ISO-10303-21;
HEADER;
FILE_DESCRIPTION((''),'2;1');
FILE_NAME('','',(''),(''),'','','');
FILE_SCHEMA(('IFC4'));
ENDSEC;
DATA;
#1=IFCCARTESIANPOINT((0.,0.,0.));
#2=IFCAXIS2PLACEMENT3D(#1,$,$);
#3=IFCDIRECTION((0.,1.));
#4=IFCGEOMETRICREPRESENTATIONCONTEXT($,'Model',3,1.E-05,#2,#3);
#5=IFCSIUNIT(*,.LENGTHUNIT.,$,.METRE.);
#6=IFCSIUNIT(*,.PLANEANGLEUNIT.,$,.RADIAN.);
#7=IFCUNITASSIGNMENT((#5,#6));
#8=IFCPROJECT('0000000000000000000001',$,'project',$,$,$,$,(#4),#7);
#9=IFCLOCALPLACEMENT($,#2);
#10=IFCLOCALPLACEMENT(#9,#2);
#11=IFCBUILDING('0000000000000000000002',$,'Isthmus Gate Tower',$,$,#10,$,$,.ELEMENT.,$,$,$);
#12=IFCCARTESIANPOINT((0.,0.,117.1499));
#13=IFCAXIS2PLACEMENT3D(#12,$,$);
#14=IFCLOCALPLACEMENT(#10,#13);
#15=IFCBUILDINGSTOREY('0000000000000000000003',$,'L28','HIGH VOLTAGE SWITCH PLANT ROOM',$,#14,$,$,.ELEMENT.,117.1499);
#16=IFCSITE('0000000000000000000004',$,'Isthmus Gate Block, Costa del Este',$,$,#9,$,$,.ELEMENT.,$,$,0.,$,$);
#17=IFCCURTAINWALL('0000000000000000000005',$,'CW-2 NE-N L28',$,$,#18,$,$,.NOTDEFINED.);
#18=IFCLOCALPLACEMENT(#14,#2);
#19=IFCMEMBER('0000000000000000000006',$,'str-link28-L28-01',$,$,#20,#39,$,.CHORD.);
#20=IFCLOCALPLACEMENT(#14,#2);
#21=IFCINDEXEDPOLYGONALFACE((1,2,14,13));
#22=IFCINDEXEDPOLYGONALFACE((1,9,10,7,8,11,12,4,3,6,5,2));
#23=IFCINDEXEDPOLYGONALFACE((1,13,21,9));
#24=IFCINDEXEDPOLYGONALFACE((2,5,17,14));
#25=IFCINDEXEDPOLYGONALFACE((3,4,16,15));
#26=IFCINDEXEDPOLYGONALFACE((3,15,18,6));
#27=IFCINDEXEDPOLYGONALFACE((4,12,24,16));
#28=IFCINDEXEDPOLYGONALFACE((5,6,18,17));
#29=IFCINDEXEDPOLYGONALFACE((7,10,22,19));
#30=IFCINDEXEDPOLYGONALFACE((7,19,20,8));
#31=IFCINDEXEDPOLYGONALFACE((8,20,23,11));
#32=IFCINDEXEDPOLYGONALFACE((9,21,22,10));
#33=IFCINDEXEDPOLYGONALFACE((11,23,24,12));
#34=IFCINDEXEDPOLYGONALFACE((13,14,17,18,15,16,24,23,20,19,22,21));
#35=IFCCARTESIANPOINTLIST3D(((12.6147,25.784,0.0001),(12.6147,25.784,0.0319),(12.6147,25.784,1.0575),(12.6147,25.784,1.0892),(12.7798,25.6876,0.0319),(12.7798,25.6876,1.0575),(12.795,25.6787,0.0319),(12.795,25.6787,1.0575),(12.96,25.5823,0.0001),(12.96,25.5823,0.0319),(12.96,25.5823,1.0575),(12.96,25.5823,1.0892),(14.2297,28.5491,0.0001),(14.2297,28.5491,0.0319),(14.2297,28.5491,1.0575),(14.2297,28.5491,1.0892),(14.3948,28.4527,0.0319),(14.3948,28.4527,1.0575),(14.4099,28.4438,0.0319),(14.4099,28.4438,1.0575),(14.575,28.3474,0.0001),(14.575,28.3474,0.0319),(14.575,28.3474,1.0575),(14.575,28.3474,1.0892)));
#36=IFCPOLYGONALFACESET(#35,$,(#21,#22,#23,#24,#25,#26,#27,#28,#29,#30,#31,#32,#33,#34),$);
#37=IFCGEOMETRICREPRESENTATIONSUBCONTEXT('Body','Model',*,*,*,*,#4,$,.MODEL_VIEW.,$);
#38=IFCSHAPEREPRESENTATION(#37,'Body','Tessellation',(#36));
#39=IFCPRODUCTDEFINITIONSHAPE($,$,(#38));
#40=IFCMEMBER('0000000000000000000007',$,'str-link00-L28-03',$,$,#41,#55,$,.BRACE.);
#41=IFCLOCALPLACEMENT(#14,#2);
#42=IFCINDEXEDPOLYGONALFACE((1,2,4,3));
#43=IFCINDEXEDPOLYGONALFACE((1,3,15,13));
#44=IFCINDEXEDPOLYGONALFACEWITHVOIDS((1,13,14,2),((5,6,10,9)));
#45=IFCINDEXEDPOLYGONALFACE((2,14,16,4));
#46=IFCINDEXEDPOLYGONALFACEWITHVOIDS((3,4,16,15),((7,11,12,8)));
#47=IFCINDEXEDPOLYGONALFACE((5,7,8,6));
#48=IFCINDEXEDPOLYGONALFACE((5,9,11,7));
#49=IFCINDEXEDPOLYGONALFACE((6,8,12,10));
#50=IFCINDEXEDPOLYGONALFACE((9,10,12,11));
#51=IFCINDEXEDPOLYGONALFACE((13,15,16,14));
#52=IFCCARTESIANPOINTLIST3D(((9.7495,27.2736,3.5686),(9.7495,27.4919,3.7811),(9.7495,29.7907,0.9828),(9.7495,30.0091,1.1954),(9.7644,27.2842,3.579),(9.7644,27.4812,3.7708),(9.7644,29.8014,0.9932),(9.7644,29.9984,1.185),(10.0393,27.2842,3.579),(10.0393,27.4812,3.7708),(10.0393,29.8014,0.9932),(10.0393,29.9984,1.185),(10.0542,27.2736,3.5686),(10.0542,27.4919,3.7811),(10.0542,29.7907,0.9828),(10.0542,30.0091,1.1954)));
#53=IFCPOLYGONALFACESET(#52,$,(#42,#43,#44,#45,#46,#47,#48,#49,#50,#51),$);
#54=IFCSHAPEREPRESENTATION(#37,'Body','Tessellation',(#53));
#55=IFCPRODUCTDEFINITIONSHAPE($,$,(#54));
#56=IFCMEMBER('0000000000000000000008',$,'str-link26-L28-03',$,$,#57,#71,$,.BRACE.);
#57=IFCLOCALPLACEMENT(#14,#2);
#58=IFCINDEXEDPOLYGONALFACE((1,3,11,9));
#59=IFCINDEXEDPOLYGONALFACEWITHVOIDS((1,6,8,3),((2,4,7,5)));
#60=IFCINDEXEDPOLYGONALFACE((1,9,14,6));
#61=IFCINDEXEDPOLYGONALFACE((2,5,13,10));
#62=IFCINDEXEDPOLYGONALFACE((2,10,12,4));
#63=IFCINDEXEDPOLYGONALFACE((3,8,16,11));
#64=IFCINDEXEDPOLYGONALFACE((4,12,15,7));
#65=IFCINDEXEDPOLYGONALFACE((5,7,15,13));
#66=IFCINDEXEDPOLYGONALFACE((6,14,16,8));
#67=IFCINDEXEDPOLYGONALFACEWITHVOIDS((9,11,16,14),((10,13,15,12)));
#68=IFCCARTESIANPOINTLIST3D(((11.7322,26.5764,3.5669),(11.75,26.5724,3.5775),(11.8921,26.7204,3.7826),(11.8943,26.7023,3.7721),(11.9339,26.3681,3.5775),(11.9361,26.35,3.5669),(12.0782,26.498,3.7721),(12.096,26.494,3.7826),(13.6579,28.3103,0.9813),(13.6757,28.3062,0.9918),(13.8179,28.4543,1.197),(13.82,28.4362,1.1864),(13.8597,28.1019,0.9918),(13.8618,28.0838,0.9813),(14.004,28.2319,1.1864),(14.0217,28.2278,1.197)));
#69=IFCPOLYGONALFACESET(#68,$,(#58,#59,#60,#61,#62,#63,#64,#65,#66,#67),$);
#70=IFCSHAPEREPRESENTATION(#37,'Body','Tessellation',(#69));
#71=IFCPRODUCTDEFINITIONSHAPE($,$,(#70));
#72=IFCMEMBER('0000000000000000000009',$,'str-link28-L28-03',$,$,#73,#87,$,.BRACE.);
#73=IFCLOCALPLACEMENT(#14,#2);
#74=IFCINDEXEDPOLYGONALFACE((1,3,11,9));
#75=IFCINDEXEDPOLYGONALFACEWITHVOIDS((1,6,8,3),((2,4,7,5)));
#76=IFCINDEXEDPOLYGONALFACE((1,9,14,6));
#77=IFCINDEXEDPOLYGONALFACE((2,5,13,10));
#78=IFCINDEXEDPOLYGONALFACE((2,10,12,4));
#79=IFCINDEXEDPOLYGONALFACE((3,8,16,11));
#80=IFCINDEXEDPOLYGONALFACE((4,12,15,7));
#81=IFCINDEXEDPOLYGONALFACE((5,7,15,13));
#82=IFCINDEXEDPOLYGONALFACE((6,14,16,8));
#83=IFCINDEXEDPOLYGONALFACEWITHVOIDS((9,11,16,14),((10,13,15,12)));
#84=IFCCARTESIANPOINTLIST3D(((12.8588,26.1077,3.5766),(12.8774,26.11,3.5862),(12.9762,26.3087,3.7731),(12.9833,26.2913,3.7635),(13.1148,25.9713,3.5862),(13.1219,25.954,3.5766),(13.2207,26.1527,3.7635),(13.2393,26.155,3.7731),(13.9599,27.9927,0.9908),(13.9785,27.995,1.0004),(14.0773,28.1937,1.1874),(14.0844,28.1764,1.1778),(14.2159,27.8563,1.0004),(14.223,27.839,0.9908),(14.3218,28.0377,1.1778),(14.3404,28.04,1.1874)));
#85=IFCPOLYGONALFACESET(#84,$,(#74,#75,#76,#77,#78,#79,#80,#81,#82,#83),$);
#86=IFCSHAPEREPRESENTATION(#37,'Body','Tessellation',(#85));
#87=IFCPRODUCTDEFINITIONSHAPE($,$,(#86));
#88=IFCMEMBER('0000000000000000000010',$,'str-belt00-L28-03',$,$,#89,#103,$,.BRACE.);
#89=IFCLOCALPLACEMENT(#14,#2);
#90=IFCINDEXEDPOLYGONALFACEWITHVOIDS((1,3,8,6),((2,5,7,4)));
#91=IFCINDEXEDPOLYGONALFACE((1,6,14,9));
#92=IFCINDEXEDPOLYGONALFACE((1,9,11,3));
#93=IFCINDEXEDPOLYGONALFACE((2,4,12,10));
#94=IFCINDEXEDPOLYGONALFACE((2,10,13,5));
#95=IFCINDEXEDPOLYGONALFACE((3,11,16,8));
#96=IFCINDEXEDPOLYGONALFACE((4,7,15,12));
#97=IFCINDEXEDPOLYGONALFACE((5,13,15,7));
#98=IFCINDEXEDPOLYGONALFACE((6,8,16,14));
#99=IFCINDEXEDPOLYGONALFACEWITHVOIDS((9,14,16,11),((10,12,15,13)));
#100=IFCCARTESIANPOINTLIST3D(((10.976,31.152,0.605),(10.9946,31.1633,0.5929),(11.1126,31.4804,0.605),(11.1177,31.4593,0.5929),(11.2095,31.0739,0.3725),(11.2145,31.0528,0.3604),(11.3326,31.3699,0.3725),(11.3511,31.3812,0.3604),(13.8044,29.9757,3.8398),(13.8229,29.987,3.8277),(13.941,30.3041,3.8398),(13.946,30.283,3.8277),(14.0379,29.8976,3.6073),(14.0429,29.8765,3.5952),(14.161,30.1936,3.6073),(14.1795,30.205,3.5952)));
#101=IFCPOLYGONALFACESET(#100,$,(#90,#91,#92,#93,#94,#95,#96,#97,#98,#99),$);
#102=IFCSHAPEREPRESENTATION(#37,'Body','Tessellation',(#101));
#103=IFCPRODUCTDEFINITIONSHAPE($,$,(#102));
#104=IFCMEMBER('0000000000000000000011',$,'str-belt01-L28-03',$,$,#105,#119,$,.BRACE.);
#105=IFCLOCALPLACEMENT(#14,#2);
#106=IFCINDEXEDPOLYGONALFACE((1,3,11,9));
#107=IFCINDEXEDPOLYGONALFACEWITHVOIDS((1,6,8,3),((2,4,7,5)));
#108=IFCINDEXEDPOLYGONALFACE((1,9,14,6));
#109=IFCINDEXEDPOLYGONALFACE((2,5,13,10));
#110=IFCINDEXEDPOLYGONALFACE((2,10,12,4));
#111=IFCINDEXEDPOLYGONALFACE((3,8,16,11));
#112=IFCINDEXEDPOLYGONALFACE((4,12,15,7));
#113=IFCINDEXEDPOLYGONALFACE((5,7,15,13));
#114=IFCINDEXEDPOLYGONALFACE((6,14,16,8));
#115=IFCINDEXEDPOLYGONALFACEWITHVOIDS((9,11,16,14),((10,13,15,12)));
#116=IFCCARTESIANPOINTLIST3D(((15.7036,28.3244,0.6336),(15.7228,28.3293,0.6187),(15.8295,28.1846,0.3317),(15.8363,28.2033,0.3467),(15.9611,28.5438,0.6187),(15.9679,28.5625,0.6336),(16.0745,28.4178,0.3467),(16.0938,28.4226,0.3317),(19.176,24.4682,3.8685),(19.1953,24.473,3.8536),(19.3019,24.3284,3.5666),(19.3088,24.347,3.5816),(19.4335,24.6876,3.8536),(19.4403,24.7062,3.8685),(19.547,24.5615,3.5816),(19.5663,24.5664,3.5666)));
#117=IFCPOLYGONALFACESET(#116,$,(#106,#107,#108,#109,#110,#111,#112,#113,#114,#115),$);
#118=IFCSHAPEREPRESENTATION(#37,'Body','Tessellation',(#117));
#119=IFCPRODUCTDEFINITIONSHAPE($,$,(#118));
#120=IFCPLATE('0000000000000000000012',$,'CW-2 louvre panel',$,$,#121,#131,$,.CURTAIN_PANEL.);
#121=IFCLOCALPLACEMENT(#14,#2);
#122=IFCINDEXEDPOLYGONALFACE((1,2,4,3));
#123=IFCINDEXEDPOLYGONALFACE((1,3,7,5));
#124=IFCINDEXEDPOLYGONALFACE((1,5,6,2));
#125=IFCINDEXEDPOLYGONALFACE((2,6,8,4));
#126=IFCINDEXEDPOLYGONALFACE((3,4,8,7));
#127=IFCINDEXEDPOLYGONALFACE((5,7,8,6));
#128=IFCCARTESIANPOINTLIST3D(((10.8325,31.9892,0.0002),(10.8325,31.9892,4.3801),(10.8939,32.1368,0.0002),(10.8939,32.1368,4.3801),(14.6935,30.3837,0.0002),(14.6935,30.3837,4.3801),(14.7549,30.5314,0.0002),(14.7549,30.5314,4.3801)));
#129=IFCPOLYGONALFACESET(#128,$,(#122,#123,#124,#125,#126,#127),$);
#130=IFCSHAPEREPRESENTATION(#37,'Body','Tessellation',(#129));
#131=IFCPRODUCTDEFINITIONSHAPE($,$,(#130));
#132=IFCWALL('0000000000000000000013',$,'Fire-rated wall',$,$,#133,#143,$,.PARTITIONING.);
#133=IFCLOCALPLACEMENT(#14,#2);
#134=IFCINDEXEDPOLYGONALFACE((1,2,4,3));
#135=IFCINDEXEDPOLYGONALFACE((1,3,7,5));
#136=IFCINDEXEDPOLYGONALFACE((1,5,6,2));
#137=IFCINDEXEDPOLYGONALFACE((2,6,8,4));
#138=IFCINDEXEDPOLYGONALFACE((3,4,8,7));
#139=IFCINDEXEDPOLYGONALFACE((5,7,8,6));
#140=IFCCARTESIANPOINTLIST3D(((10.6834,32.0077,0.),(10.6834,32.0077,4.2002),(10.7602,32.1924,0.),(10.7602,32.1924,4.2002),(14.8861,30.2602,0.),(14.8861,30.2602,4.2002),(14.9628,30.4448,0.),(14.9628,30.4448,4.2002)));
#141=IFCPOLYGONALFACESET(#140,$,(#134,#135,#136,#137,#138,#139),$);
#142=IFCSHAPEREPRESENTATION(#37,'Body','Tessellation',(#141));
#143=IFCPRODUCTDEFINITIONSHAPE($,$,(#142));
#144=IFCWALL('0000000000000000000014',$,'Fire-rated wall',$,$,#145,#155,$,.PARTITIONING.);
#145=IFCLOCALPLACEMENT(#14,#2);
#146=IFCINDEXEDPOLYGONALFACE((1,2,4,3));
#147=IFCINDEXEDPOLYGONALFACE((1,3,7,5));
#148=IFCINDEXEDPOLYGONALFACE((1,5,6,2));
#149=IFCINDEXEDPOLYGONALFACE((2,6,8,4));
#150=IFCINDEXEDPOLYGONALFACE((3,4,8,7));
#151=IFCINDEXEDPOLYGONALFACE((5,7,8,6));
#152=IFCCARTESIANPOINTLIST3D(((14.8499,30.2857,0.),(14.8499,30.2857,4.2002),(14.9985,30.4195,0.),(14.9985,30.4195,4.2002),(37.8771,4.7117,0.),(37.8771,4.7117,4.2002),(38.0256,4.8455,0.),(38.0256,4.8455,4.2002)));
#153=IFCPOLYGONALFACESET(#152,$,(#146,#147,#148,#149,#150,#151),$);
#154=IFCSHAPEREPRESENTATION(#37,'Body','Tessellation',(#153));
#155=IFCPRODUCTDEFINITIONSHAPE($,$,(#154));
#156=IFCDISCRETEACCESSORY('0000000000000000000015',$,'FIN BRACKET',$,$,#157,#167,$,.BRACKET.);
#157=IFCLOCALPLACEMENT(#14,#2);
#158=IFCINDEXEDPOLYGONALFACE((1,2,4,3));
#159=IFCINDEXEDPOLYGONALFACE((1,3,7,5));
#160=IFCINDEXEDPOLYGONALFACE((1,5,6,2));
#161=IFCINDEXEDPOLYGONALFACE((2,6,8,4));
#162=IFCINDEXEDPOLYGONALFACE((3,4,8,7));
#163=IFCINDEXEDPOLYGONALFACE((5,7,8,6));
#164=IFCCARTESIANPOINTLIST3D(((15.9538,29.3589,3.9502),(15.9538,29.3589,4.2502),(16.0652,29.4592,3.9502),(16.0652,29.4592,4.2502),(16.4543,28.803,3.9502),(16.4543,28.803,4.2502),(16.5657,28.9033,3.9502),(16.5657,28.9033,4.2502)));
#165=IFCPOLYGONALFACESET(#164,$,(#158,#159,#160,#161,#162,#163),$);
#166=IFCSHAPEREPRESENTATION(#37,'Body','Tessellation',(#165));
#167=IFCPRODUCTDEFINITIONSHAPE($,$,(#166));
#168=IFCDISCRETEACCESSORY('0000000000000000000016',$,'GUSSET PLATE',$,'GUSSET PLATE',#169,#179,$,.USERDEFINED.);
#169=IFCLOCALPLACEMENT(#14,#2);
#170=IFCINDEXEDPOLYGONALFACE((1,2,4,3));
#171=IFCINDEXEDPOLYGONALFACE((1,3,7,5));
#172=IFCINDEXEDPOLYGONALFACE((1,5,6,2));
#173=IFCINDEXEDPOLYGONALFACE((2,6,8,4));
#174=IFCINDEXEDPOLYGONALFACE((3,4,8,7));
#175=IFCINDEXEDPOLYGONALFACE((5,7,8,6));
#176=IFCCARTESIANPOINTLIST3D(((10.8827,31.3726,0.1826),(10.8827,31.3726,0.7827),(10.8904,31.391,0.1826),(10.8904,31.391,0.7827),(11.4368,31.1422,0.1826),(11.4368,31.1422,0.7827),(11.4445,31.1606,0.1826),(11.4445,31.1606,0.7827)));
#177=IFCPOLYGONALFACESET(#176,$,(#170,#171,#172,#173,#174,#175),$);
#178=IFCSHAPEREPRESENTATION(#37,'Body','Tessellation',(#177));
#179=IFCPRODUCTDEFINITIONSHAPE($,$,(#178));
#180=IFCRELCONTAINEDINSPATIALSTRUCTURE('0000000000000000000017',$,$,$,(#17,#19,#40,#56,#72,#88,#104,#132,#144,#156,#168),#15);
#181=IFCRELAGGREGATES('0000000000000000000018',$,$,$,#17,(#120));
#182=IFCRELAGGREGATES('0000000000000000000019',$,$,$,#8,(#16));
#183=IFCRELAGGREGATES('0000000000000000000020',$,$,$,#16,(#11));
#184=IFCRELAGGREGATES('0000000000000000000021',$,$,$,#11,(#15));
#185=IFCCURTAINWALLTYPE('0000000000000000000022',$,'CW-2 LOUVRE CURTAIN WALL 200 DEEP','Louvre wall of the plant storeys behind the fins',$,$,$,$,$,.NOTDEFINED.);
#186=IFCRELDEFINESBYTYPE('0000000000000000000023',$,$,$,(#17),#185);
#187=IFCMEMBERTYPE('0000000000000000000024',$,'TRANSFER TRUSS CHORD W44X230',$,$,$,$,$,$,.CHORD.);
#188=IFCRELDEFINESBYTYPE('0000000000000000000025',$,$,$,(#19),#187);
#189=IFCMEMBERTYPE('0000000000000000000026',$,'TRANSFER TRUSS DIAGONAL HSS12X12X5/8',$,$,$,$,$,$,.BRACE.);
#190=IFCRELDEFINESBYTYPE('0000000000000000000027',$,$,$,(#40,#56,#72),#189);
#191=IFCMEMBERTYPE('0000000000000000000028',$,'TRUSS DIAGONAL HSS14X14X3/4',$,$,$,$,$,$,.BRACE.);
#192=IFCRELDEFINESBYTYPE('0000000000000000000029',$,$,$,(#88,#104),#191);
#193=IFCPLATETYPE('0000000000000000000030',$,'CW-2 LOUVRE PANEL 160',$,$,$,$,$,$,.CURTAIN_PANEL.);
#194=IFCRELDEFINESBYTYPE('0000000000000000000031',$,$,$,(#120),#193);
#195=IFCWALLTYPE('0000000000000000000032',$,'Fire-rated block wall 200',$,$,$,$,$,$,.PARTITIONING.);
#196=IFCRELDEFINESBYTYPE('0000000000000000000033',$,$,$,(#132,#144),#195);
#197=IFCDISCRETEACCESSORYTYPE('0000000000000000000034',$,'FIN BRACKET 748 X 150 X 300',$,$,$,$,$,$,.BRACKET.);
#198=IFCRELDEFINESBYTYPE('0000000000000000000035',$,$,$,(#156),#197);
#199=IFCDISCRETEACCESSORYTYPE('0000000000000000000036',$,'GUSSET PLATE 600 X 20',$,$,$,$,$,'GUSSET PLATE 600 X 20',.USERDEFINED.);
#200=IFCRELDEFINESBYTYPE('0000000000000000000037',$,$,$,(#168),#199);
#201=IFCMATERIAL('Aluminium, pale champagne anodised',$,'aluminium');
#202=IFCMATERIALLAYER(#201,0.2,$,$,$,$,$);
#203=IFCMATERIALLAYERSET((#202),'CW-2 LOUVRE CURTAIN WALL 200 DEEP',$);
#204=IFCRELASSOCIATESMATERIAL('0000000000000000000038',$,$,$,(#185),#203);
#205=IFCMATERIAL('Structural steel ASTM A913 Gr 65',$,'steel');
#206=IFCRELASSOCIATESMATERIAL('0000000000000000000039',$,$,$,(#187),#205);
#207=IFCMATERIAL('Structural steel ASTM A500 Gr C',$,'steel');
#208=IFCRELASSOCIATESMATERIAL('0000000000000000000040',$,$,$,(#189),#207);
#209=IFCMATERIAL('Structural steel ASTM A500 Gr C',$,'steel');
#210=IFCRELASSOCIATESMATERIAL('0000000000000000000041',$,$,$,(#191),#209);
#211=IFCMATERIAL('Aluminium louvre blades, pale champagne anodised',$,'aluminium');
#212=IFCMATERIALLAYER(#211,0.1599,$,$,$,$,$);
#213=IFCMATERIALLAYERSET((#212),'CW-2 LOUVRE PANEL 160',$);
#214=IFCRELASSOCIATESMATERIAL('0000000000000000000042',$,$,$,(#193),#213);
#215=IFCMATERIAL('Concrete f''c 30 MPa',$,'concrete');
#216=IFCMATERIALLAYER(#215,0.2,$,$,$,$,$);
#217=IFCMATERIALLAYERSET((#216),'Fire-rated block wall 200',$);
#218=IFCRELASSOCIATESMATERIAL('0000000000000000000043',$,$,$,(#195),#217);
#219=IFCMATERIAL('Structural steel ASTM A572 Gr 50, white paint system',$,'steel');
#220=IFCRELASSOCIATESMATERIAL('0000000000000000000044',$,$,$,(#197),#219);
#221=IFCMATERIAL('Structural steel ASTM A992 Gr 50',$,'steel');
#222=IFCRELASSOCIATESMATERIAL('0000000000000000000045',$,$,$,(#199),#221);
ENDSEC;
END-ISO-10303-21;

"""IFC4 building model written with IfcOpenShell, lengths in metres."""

from ifc_helpers import new_model, si_unit, direction, frame, frame_2d, origin, origin_2d, place, context, subcontext, project, spatial, rectangle, hollow_rectangle, i_section, extrude, material, layer, layer_set, material_profile, profile_set, type_object, element, aggregate, save


model = new_model("IFC4")

# Units and contexts
model_context = context("Model", 3, precision=1e-05, world=origin(), true_north=direction((0.0, 1.0)))
body_context = subcontext(model_context, "Body", "Model", "MODEL_VIEW")
ifc_project = project(units=[si_unit("LENGTHUNIT", "METRE"), si_unit("PLANEANGLEUNIT", "RADIAN")], contexts=[model_context])

# Site, building, storey
site_placement = place(None, origin())
site = spatial("IfcSite", under=ifc_project, at=site_placement, Name="Isthmus Gate Block, Costa del Este", CompositionType="ELEMENT", RefElevation=0.0)
building_placement = place(site_placement, origin())
building = spatial("IfcBuilding", under=site, at=building_placement, Name="Isthmus Gate Tower", CompositionType="ELEMENT")
storey_placement = place(building_placement, frame((0.0, 0.0, 117.1499)))
storey = spatial("IfcBuildingStorey", under=building, at=storey_placement, Name="L28", Description="HIGH VOLTAGE SWITCH PLANT ROOM", CompositionType="ELEMENT", Elevation=117.1499)

# Curtain wall
ifc_material_1 = material(Name="Aluminium, pale champagne anodised", Category="aluminium")
ifc_layer_1 = layer(ifc_material_1, 0.2)
ifc_layer_set_1 = layer_set([ifc_layer_1], Name="CW-2 LOUVRE CURTAIN WALL 200 DEEP")
curtain_wall_type = type_object("IfcCurtainWallType", Name="CW-2 LOUVRE CURTAIN WALL 200 DEEP", Description="Louvre wall of the plant storeys behind the fins", PredefinedType="NOTDEFINED", material=ifc_layer_set_1)
curtain_wall_1_placement = place(storey_placement, origin())
curtain_wall_1 = element("IfcCurtainWall", 1, at=curtain_wall_1_placement, inside=storey, type_object=curtain_wall_type, Name="CW-2 NE-N L28", PredefinedType="NOTDEFINED")

# Members
ifc_material_2 = material(Name="Structural steel ASTM A913 Gr 65", Category="steel")
ifc_material_profile_1 = material_profile(ifc_material_2, i_section(OverallWidth=0.3999, OverallDepth=1.0891, WebThickness=0.0176, FlangeThickness=0.0317, at=origin_2d()), Name="W44X230")
ifc_profile_set_1 = profile_set([ifc_material_profile_1], Name="Structural steel ASTM A913 Gr 65")
member_type_1 = type_object("IfcMemberType", Name="TRANSFER TRUSS CHORD W44X230", PredefinedType="CHORD", material=ifc_profile_set_1)
member_1_placement = place(storey_placement, frame((14.4023, 28.4482, 0.5447), z_axis=(-0.504336, -0.863508, 0.0), x_axis=(0.863508, -0.504336, 0.0)))
element("IfcMember", 2, at=member_1_placement, inside=storey, type_object=member_type_1, Name="str-link28-L28-01", PredefinedType="CHORD", context=body_context, shape_type="SweptSolid", body=[
    extrude(i_section(OverallWidth=0.3999, OverallDepth=1.0891, WebThickness=0.0176, FlangeThickness=0.0317, at=origin_2d()), origin(), (0.0, 0.0, 1.0), 3.2021),
])
ifc_material_3 = material(Name="Structural steel ASTM A500 Gr C", Category="steel")
ifc_material_profile_2 = material_profile(ifc_material_3, hollow_rectangle(XDim=0.3047, YDim=0.3047, WallThickness=0.0149, at=origin_2d()), Name="HSS12X12X5/8")
ifc_profile_set_2 = profile_set([ifc_material_profile_2], Name="Structural steel ASTM A500 Gr C")
member_type_2 = type_object("IfcMemberType", Name="TRANSFER TRUSS DIAGONAL HSS12X12X5/8", PredefinedType="BRACE", material=ifc_profile_set_2)
member_2_placement = place(storey_placement, frame((9.9019, 29.8999, 1.0891), z_axis=(0.0, -0.697537, 0.716549), x_axis=(1.0, 0.0, 0.0)))
element("IfcMember", 3, at=member_2_placement, inside=storey, type_object=member_type_2, Name="str-link00-L28-03", PredefinedType="BRACE", context=body_context, shape_type="SweptSolid", body=[
    extrude(hollow_rectangle(XDim=0.3047, YDim=0.3047, WallThickness=0.0149, at=origin_2d()), origin(), (0.0, 0.0, 1.0), 3.6086),
])
member_3_placement = place(storey_placement, frame((13.8398, 28.269, 1.0891), z_axis=(-0.526068, -0.473647, 0.706336), x_axis=(0.66911, -0.743163, 0.0)))
element("IfcMember", 4, at=member_3_placement, inside=storey, type_object=member_type_2, Name="str-link26-L28-03", PredefinedType="BRACE", context=body_context, shape_type="SweptSolid", body=[
    extrude(hollow_rectangle(XDim=0.3047, YDim=0.3047, WallThickness=0.0149, at=origin_2d()), origin(), (0.0, 0.0, 1.0), 3.6606),
])
member_4_placement = place(storey_placement, frame((14.1501, 28.0164, 1.0891), z_axis=(-0.325377, -0.557036, 0.764094), x_axis=(0.863483, -0.504379, 0.0)))
element("IfcMember", 5, at=member_4_placement, inside=storey, type_object=member_type_2, Name="str-link28-L28-03", PredefinedType="BRACE", context=body_context, shape_type="SweptSolid", body=[
    extrude(hollow_rectangle(XDim=0.3047, YDim=0.3047, WallThickness=0.0149, at=origin_2d()), origin(), (0.0, 0.0, 1.0), 3.384),
])
ifc_material_4 = material(Name="Structural steel ASTM A500 Gr C", Category="steel")
ifc_material_profile_3 = material_profile(ifc_material_4, hollow_rectangle(XDim=0.3557, YDim=0.3557, WallThickness=0.0176, at=origin_2d()), Name="HSS14X14X3/4")
ifc_profile_set_3 = profile_set([ifc_material_profile_3], Name="Structural steel ASTM A500 Gr C")
member_type_3 = type_object("IfcMemberType", Name="TRUSS DIAGONAL HSS14X14X3/4", PredefinedType="BRACE", material=ifc_profile_set_3)
member_5_placement = place(storey_placement, frame((11.1636, 31.2666, 0.4827), z_axis=(0.634866, -0.26403, 0.726109), x_axis=(0.383998, 0.923334, 0.0)))
element("IfcMember", 6, at=member_5_placement, inside=storey, type_object=member_type_3, Name="str-belt00-L28-03", PredefinedType="BRACE", context=body_context, shape_type="SweptSolid", body=[
    extrude(hollow_rectangle(XDim=0.3557, YDim=0.3557, WallThickness=0.0176, at=origin_2d()), origin(), (0.0, 0.0, 1.0), 4.4551),
])
member_6_placement = place(storey_placement, frame((15.8987, 28.3735, 0.4827), z_axis=(0.567859, -0.630621, 0.529011), x_axis=(0.743119, 0.66916, 0.0)))
element("IfcMember", 7, at=member_6_placement, inside=storey, type_object=member_type_3, Name="str-belt01-L28-03", PredefinedType="BRACE", context=body_context, shape_type="SweptSolid", body=[
    extrude(hollow_rectangle(XDim=0.3557, YDim=0.3557, WallThickness=0.0176, at=origin_2d()), origin(), (0.0, 0.0, 1.0), 6.115),
])

# Plate
ifc_material_5 = material(Name="Aluminium louvre blades, pale champagne anodised", Category="aluminium")
ifc_layer_2 = layer(ifc_material_5, 0.1599)
ifc_layer_set_2 = layer_set([ifc_layer_2], Name="CW-2 LOUVRE PANEL 160")
plate_type = type_object("IfcPlateType", Name="CW-2 LOUVRE PANEL 160", PredefinedType="CURTAIN_PANEL", material=ifc_layer_set_2)
plate_placement = place(storey_placement, frame((12.7937, 31.2603, 0.0002), z_axis=(0.0, 0.0, 1.0), x_axis=(-0.923353, 0.383952, 0.0)))
plate = element("IfcPlate", 8, at=plate_placement, type_object=plate_type, Name="CW-2 louvre panel", PredefinedType="CURTAIN_PANEL", context=body_context, shape_type="SweptSolid", body=[
    extrude(rectangle(XDim=4.1814, YDim=0.1599, at=origin_2d()), origin(), (0.0, 0.0, 1.0), 4.3799),
])
aggregate(curtain_wall_1, [plate])

# Walls
ifc_material_6 = material(Name="Concrete f'c 30 MPa", Category="concrete")
ifc_layer_3 = layer(ifc_material_6, 0.2)
ifc_layer_set_3 = layer_set([ifc_layer_3], Name="Fire-rated block wall 200")
wall_type = type_object("IfcWallType", Name="Fire-rated block wall 200", PredefinedType="PARTITIONING", material=ifc_layer_set_3)
wall_1_placement = place(storey_placement, frame((10.7217, 32.1001, 0.0), z_axis=(0.0, 0.0, 1.0), x_axis=(0.923353, -0.383953, 0.0)))
element("IfcWall", 9, at=wall_1_placement, inside=storey, type_object=wall_type, Name="Fire-rated wall", PredefinedType="PARTITIONING", context=body_context, shape_type="SweptSolid", body=[
    extrude(rectangle(XDim=4.5515, YDim=0.2, at=frame_2d((2.2759, 0.0))), origin(), (0.0, 0.0, 1.0), 4.2002),
])
wall_2_placement = place(storey_placement, frame((14.9243, 30.3525, 0.0), z_axis=(0.0, 0.0, 1.0), x_axis=(0.669134, -0.743142, 0.0)))
element("IfcWall", 10, at=wall_2_placement, inside=storey, type_object=wall_type, Name="Fire-rated wall", PredefinedType="PARTITIONING", context=body_context, shape_type="SweptSolid", body=[
    extrude(rectangle(XDim=34.4133, YDim=0.2, at=frame_2d((17.2065, 0.0))), origin(), (0.0, 0.0, 1.0), 4.2002),
])

# Discrete accessories
ifc_material_7 = material(Name="Structural steel ASTM A572 Gr 50, white paint system", Category="steel")
discrete_accessory_type_1 = type_object("IfcDiscreteAccessoryType", Name="FIN BRACKET 748 X 150 X 300", PredefinedType="BRACKET", material=ifc_material_7)
discrete_accessory_placement = place(storey_placement, frame((16.2598, 29.1311, 3.9502), z_axis=(0.0, 0.0, 1.0), x_axis=(0.743145, 0.669131, 0.0)))
element("IfcDiscreteAccessory", 11, at=discrete_accessory_placement, inside=storey, type_object=discrete_accessory_type_1, Name="FIN BRACKET", PredefinedType="BRACKET", context=body_context, shape_type="SweptSolid", body=[
    extrude(rectangle(XDim=0.1499, YDim=0.748, at=origin_2d()), origin(), (0.0, 0.0, 1.0), 0.3),
])
ifc_material_8 = material(Name="Structural steel ASTM A992 Gr 50", Category="steel")
discrete_accessory_type_2 = type_object("IfcDiscreteAccessoryType", Name="GUSSET PLATE 600 X 20", ElementType="GUSSET PLATE 600 X 20", PredefinedType="USERDEFINED", material=ifc_material_8)
for number, where, z_axis, x_axis, name in (
    (12, (11.1636, 31.2666, 0.1826), (0.0, 0.0, 1.0), (0.923353, -0.383952, 0.0), "GUSSET PLATE"),
):
    element("IfcDiscreteAccessory", number, at=place(storey_placement, frame(where, z_axis=z_axis, x_axis=x_axis)), inside=storey, type_object=discrete_accessory_type_2, Name=name, ObjectType="GUSSET PLATE", PredefinedType="USERDEFINED", context=body_context, shape_type="SweptSolid", body=[
        extrude(rectangle(XDim=0.6001, YDim=0.02, at=origin_2d()), origin(), (0.0, 0.0, 1.0), 0.6001),
    ])

save(model, "model.ifc")
